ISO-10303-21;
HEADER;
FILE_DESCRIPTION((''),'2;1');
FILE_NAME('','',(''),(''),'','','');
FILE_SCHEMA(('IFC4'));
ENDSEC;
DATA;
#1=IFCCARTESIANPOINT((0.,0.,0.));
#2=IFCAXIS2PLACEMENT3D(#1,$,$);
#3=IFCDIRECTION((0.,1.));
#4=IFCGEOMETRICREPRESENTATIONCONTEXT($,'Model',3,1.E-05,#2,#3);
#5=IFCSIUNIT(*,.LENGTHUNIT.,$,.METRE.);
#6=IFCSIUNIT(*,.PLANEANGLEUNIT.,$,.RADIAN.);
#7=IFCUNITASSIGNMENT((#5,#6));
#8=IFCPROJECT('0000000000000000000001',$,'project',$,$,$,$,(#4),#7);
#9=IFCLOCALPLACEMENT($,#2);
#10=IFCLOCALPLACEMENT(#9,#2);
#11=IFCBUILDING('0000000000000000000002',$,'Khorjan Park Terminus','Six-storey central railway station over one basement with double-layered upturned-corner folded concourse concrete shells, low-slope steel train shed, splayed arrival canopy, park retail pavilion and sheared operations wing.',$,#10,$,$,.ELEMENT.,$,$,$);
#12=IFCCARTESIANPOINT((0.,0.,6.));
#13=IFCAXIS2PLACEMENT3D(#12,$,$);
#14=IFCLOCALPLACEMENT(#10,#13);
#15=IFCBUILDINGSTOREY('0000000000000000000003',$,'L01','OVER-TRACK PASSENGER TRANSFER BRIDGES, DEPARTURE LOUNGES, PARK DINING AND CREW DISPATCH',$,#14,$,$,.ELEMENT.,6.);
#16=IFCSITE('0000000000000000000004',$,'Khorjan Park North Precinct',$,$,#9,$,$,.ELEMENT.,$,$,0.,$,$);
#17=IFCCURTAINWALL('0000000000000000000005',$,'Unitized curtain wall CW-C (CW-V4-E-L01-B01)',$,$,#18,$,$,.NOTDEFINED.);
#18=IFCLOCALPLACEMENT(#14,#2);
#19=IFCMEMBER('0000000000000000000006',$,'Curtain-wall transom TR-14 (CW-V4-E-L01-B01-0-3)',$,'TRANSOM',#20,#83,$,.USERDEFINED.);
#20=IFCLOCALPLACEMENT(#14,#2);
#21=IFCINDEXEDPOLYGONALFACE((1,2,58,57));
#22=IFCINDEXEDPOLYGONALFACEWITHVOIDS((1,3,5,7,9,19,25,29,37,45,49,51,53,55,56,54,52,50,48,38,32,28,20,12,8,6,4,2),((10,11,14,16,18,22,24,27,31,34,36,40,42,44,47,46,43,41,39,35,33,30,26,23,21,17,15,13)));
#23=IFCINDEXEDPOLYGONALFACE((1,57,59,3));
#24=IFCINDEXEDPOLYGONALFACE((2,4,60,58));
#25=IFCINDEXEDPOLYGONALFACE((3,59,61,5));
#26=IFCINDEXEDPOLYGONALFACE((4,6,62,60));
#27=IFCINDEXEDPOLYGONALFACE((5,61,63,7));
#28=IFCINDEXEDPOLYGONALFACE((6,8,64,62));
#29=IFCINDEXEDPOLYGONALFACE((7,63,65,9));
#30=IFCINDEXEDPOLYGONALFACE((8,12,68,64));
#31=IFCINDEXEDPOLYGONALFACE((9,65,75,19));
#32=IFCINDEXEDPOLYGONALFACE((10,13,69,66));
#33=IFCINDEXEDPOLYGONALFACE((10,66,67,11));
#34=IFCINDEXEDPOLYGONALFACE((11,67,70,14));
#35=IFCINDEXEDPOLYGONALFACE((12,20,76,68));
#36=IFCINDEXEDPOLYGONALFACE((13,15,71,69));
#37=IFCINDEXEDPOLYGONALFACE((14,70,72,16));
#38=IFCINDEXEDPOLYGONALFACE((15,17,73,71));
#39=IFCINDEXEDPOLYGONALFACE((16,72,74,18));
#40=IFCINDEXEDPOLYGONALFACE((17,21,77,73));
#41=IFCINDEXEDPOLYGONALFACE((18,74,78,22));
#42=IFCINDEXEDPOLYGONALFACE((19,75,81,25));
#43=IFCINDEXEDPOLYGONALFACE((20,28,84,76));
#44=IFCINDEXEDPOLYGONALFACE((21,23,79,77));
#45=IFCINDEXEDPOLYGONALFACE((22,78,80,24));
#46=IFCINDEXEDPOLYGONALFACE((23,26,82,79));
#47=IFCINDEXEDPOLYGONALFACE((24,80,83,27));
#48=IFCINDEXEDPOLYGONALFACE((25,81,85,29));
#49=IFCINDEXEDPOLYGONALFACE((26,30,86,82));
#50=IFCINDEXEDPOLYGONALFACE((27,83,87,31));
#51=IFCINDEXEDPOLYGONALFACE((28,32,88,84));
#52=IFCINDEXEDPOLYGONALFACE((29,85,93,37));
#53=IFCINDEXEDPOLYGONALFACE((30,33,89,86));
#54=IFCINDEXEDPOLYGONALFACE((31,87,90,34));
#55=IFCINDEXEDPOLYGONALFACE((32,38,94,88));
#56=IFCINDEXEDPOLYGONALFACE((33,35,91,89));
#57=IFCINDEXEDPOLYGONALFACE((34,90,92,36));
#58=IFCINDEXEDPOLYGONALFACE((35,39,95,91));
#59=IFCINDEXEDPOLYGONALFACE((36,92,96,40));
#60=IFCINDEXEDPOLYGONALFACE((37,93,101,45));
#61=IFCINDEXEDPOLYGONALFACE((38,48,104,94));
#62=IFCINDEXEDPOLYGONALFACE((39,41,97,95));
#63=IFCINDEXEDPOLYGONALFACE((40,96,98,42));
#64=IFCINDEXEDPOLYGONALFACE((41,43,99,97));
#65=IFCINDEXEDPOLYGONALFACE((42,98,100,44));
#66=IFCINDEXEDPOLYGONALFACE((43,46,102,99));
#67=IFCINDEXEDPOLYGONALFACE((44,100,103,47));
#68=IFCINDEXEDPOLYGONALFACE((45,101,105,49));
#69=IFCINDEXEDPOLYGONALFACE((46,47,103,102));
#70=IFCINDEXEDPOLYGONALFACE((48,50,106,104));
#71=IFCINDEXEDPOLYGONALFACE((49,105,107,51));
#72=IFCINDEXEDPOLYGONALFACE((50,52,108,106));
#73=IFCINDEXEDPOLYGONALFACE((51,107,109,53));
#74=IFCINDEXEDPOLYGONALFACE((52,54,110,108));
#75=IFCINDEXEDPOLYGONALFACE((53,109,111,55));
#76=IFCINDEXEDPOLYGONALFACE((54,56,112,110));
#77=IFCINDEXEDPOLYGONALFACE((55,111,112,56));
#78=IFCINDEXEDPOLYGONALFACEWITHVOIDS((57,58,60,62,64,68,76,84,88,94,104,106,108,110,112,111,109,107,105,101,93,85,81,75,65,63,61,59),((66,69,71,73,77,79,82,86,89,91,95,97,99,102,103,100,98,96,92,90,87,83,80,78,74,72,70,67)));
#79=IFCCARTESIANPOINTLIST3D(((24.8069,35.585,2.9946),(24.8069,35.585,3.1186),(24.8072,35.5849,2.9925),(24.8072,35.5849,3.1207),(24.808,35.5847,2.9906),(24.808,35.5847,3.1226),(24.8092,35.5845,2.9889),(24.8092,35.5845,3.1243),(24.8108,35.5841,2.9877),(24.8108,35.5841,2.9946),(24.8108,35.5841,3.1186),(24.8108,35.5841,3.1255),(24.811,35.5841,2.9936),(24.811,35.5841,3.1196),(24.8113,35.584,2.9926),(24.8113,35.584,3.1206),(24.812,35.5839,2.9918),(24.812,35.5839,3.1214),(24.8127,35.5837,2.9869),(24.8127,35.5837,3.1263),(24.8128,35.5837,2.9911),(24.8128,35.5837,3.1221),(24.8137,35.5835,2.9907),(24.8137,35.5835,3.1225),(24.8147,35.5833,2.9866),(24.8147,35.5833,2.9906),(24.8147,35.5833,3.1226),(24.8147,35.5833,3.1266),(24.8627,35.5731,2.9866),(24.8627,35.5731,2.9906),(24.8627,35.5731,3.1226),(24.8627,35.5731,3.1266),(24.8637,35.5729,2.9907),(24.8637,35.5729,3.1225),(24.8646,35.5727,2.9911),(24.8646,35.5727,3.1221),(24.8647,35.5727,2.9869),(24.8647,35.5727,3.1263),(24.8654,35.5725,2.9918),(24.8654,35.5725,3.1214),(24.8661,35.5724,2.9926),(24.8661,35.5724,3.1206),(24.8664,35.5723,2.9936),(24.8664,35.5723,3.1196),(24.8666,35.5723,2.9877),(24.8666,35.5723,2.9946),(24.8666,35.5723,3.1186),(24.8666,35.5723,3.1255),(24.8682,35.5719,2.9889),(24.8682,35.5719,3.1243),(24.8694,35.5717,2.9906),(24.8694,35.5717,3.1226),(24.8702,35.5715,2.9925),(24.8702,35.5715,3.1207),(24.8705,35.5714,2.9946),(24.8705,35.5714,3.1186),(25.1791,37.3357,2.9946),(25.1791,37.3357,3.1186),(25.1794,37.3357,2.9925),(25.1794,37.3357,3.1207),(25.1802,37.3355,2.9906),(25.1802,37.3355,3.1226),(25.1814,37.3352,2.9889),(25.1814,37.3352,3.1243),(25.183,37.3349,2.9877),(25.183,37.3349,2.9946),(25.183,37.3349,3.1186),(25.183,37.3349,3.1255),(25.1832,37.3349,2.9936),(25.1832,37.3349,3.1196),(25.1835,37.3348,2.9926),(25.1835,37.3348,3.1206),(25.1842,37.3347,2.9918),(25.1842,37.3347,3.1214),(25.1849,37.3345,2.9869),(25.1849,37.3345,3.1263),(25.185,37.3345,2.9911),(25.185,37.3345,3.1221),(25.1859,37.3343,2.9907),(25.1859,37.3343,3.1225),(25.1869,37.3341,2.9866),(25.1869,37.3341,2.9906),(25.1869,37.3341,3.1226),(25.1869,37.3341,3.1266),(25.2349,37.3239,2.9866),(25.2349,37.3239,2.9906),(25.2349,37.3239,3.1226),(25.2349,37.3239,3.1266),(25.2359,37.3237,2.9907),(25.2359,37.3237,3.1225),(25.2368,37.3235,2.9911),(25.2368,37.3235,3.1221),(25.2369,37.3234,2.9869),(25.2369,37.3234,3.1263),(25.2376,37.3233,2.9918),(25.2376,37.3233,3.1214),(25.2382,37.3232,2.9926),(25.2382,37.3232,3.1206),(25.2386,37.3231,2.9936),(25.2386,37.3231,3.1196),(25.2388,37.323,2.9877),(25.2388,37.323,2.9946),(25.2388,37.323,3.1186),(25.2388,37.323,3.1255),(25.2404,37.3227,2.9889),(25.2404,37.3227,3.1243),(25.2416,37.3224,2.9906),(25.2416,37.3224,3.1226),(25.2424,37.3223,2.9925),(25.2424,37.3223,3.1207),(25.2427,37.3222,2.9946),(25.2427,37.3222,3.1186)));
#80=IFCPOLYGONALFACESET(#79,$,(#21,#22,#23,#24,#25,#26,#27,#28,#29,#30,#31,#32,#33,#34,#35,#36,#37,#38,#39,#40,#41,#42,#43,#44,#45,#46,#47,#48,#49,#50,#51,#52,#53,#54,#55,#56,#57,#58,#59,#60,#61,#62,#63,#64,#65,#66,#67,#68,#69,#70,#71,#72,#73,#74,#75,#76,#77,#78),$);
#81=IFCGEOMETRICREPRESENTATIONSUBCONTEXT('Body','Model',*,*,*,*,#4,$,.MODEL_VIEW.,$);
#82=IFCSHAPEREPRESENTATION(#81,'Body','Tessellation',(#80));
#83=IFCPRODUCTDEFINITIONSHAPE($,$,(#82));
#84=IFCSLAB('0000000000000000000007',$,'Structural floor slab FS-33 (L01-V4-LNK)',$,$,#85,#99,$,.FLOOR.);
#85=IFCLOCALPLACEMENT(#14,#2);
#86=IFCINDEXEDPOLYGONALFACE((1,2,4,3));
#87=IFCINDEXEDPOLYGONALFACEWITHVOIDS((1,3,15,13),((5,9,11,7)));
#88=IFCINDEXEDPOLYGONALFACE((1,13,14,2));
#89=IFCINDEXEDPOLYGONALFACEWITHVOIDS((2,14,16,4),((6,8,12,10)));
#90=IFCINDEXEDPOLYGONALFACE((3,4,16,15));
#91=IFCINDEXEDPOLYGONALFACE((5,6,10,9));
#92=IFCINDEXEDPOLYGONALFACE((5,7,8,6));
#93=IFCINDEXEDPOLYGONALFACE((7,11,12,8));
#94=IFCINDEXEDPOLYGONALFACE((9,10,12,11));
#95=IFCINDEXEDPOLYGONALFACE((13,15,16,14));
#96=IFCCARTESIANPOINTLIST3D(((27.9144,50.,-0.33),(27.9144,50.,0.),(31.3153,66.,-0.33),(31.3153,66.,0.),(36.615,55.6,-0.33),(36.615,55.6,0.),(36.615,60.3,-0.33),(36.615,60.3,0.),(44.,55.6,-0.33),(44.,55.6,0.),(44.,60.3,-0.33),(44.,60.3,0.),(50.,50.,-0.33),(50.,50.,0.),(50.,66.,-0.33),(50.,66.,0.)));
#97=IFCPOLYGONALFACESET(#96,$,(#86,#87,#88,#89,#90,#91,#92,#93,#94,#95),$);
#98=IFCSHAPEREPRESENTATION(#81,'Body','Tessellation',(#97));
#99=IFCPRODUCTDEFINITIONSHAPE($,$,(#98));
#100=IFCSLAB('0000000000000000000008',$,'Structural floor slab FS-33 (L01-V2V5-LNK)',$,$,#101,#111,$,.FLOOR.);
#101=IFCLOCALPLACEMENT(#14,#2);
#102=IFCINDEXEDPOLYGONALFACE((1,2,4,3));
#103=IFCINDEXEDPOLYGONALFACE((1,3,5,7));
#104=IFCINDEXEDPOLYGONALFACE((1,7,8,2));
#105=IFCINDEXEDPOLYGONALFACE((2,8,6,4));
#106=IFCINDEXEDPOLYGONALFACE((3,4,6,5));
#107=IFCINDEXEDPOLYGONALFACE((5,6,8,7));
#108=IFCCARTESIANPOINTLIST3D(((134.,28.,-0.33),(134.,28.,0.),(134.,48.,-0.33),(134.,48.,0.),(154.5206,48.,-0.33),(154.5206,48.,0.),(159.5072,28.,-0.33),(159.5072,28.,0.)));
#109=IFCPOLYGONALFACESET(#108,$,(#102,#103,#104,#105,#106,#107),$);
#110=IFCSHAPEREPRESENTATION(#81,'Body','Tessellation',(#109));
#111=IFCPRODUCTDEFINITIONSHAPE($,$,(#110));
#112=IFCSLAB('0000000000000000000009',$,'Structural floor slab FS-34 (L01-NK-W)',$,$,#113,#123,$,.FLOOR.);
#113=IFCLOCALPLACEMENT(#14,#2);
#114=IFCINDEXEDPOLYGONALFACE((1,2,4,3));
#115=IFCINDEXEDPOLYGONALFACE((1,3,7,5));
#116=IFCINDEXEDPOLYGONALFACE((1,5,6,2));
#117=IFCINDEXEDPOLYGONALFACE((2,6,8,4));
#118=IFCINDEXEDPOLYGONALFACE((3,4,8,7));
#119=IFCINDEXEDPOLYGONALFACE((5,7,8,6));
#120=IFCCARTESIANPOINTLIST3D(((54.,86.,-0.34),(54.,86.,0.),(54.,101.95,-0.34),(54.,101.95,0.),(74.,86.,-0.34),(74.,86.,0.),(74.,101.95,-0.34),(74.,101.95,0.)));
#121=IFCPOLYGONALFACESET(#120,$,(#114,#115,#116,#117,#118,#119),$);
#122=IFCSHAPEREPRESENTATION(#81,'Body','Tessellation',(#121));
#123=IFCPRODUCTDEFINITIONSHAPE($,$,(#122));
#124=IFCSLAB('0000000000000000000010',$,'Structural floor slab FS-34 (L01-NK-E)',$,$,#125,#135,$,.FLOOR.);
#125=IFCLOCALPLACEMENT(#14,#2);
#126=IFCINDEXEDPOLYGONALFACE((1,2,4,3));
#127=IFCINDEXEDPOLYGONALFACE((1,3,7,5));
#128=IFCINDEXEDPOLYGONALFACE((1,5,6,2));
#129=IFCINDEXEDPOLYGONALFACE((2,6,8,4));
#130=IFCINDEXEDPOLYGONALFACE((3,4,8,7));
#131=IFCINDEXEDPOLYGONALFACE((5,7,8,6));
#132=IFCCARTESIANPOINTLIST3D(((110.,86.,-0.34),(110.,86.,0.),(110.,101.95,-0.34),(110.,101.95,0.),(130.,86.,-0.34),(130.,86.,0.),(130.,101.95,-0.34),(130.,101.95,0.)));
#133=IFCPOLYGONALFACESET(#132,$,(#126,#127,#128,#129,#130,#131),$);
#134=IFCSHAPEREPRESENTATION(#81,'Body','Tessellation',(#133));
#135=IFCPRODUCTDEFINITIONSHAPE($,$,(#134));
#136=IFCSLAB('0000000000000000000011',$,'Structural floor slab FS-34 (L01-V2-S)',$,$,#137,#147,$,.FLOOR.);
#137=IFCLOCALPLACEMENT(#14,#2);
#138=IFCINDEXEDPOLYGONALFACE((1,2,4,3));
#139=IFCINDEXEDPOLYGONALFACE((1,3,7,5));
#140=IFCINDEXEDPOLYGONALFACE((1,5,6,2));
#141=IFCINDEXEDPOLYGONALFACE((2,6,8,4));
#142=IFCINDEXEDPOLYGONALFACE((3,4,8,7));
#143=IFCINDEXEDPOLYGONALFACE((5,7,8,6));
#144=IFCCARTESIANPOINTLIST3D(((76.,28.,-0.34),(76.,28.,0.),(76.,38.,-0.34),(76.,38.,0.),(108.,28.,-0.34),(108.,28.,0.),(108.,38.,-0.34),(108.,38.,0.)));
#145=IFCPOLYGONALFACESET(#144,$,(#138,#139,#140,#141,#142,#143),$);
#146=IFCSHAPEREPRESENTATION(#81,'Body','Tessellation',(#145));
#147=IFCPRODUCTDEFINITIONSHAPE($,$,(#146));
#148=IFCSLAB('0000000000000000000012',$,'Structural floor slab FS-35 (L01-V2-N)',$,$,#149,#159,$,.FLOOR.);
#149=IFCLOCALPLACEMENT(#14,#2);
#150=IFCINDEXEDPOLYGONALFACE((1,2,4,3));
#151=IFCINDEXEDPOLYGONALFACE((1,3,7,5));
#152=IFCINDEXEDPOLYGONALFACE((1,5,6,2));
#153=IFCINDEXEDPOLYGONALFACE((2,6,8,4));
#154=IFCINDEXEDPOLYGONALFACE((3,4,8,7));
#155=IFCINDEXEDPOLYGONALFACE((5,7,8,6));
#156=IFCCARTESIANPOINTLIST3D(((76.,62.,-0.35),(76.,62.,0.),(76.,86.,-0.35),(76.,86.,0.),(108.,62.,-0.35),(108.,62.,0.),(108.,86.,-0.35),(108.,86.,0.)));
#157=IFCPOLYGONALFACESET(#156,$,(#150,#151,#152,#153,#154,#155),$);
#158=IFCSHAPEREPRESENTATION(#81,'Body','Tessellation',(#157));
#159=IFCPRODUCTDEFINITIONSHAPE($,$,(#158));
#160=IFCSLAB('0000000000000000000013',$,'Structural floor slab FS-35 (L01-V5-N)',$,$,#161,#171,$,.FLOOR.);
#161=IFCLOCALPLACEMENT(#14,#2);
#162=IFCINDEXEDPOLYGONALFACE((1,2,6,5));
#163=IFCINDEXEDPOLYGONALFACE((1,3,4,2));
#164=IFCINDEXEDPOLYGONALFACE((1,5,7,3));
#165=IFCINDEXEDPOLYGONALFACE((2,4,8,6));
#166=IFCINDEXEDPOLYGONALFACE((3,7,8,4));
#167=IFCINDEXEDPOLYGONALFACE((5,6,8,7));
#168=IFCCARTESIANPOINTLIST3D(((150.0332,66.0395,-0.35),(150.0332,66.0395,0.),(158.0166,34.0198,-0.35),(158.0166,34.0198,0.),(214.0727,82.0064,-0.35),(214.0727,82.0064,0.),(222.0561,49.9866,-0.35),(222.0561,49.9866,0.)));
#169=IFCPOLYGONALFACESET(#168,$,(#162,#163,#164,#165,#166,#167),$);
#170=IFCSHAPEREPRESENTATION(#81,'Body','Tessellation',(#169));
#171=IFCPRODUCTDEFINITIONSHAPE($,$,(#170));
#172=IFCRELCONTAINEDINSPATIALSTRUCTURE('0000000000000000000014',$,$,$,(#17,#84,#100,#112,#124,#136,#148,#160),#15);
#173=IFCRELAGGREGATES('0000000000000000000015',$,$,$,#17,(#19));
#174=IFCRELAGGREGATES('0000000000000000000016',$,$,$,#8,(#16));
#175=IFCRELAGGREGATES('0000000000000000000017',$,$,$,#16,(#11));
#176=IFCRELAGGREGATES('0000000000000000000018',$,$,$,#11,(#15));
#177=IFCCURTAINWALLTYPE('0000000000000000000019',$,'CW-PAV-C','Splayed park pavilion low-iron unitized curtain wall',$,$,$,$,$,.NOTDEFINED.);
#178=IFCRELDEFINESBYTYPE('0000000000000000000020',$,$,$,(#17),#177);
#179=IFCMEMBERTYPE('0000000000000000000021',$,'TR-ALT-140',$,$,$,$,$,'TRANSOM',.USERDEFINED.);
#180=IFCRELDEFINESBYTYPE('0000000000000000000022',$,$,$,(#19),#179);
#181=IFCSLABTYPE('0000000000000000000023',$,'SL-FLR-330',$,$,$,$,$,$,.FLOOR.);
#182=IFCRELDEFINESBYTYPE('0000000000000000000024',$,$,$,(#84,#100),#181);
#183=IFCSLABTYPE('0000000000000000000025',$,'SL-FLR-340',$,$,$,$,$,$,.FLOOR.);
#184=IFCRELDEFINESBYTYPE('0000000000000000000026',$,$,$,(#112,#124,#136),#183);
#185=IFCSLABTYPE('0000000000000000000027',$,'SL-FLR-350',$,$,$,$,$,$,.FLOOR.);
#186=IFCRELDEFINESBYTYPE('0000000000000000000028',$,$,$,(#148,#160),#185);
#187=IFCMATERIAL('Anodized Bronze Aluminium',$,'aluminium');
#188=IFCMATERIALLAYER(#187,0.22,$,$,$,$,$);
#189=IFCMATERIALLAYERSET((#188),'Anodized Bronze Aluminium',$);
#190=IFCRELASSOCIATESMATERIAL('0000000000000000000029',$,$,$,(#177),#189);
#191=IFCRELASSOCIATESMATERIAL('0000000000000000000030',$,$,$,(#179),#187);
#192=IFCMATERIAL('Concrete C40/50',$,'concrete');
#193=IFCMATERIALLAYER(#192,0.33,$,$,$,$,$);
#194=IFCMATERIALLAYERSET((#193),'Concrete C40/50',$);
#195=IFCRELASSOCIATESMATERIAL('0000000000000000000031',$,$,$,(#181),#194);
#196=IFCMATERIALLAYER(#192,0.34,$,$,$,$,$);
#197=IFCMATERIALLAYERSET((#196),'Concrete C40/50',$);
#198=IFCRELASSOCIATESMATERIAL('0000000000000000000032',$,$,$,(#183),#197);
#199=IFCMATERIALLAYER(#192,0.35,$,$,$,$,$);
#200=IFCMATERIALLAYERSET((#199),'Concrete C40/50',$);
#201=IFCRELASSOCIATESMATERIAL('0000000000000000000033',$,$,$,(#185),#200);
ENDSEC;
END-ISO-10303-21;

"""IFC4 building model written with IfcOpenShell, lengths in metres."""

from ifc_helpers import new_model, si_unit, direction, frame, origin, origin_2d, place, context, subcontext, project, spatial, polyline, hollow_rectangle, outline, extrude, material, layer, layer_set, material_profile, profile_set, type_object, element, aggregate, save


model = new_model("IFC4")

# Units and contexts
model_context = context("Model", 3, precision=1e-05, world=origin(), true_north=direction((0.0, 1.0)))
body_context = subcontext(model_context, "Body", "Model", "MODEL_VIEW")
ifc_project = project(units=[si_unit("LENGTHUNIT", "METRE"), si_unit("PLANEANGLEUNIT", "RADIAN")], contexts=[model_context])

# Site, building, storey
site_placement = place(None, origin())
site = spatial("IfcSite", under=ifc_project, at=site_placement, Name="Khorjan Park North Precinct", CompositionType="ELEMENT", RefElevation=0.0)
building_placement = place(site_placement, origin())
building = spatial("IfcBuilding", under=site, at=building_placement, Name="Khorjan Park Terminus", Description="Six-storey central railway station over one basement with double-layered upturned-corner folded concourse concrete shells, low-slope steel train shed, splayed arrival canopy, park retail pavilion and sheared operations wing.", CompositionType="ELEMENT")
storey_placement = place(building_placement, frame((0.0, 0.0, 6.0)))
storey = spatial("IfcBuildingStorey", under=building, at=storey_placement, Name="L01", Description="OVER-TRACK PASSENGER TRANSFER BRIDGES, DEPARTURE LOUNGES, PARK DINING AND CREW DISPATCH", CompositionType="ELEMENT", Elevation=6.0)

# Shared definitions
ifc_material_1 = material(Name="Anodized Bronze Aluminium", Category="aluminium")
ifc_layer_1 = layer(ifc_material_1, 0.22)
ifc_layer_set_1 = layer_set([ifc_layer_1], Name="Anodized Bronze Aluminium")
curtain_wall_type = type_object("IfcCurtainWallType", Name="CW-PAV-C", Description="Splayed park pavilion low-iron unitized curtain wall", PredefinedType="NOTDEFINED", material=ifc_layer_set_1)

# Curtain wall, member
curtain_wall_1_placement = place(storey_placement, origin())
curtain_wall_1 = element("IfcCurtainWall", 1, at=curtain_wall_1_placement, inside=storey, type_object=curtain_wall_type, Name="Unitized curtain wall CW-C (CW-V4-E-L01-B01)", PredefinedType="NOTDEFINED")
ifc_material_profile_1 = material_profile(ifc_material_1, hollow_rectangle(XDim=0.065, YDim=0.14, WallThickness=0.004, InnerFilletRadius=0.004, OuterFilletRadius=0.008, at=origin_2d()), Name="ALT 65x140x4")
ifc_profile_set_1 = profile_set([ifc_material_profile_1], Name="Anodized Bronze Aluminium")
member_type_1 = type_object("IfcMemberType", Name="TR-ALT-140", ElementType="TRANSOM", PredefinedType="USERDEFINED", material=ifc_profile_set_1)
member_1_placement = place(storey_placement, frame((24.8387, 35.5782, 3.0566), z_axis=(0.207942, 0.978141, 0.0), x_axis=(-0.978141, 0.207942, 0.0)))
member_1 = element("IfcMember", 2, at=member_1_placement, type_object=member_type_1, Name="Curtain-wall transom TR-14 (CW-V4-E-L01-B01-0-3)", ObjectType="TRANSOM", PredefinedType="USERDEFINED", context=body_context, shape_type="SweptSolid", body=[
    extrude(hollow_rectangle(XDim=0.065, YDim=0.14, WallThickness=0.004, InnerFilletRadius=0.004, OuterFilletRadius=0.008, at=origin_2d()), origin(), (0.0, 0.0, 1.0), 1.7899),
])
aggregate(curtain_wall_1, [member_1])

# Slabs
ifc_material_2 = material(Name="Concrete C40/50", Category="concrete")
ifc_layer_2 = layer(ifc_material_2, 0.33)
ifc_layer_set_2 = layer_set([ifc_layer_2], Name="Concrete C40/50")
slab_type_1 = type_object("IfcSlabType", Name="SL-FLR-330", PredefinedType="FLOOR", material=ifc_layer_set_2)
slab_1_placement = place(storey_placement, frame((0.0, 0.0, -0.33)))
element("IfcSlab", 3, at=slab_1_placement, inside=storey, type_object=slab_type_1, Name="Structural floor slab FS-33 (L01-V4-LNK)", PredefinedType="FLOOR", context=body_context, shape_type="SweptSolid", body=[
    extrude(outline(polyline([(50.0, 50.0), (27.9144, 50.0), (31.3153, 66.0), (50.0, 66.0), (50.0, 50.0)]), holes=[polyline([(44.0, 55.6), (44.0, 60.3), (36.615, 60.3), (36.615, 55.6), (44.0, 55.6)])]), origin(), (0.0, 0.0, 1.0), 0.33),
])
slab_2_placement = place(storey_placement, frame((0.0, 0.0, -0.33)))
element("IfcSlab", 4, at=slab_2_placement, inside=storey, type_object=slab_type_1, Name="Structural floor slab FS-33 (L01-V2V5-LNK)", PredefinedType="FLOOR", context=body_context, shape_type="SweptSolid", body=[
    extrude(outline(polyline([(134.0, 48.0), (154.5206, 48.0), (159.5072, 28.0), (134.0, 28.0), (134.0, 48.0)])), origin(), (0.0, 0.0, 1.0), 0.33),
])
ifc_layer_3 = layer(ifc_material_2, 0.34)
ifc_layer_set_3 = layer_set([ifc_layer_3], Name="Concrete C40/50")
slab_type_2 = type_object("IfcSlabType", Name="SL-FLR-340", PredefinedType="FLOOR", material=ifc_layer_set_3)
slab_3_placement = place(storey_placement, frame((0.0, 0.0, -0.34)))
element("IfcSlab", 5, at=slab_3_placement, inside=storey, type_object=slab_type_2, Name="Structural floor slab FS-34 (L01-NK-W)", PredefinedType="FLOOR", context=body_context, shape_type="SweptSolid", body=[
    extrude(outline(polyline([(54.0, 101.95), (74.0, 101.95), (74.0, 86.0), (54.0, 86.0), (54.0, 101.95)])), origin(), (0.0, 0.0, 1.0), 0.34),
])
slab_4_placement = place(storey_placement, frame((0.0, 0.0, -0.34)))
element("IfcSlab", 6, at=slab_4_placement, inside=storey, type_object=slab_type_2, Name="Structural floor slab FS-34 (L01-NK-E)", PredefinedType="FLOOR", context=body_context, shape_type="SweptSolid", body=[
    extrude(outline(polyline([(110.0, 101.95), (130.0, 101.95), (130.0, 86.0), (110.0, 86.0), (110.0, 101.95)])), origin(), (0.0, 0.0, 1.0), 0.34),
])
slab_5_placement = place(storey_placement, frame((0.0, 0.0, -0.34)))
element("IfcSlab", 7, at=slab_5_placement, inside=storey, type_object=slab_type_2, Name="Structural floor slab FS-34 (L01-V2-S)", PredefinedType="FLOOR", context=body_context, shape_type="SweptSolid", body=[
    extrude(outline(polyline([(76.0, 38.0), (108.0, 38.0), (108.0, 28.0), (76.0, 28.0), (76.0, 38.0)])), origin(), (0.0, 0.0, 1.0), 0.34),
])
ifc_layer_4 = layer(ifc_material_2, 0.35)
ifc_layer_set_4 = layer_set([ifc_layer_4], Name="Concrete C40/50")
slab_type_3 = type_object("IfcSlabType", Name="SL-FLR-350", PredefinedType="FLOOR", material=ifc_layer_set_4)
slab_6_placement = place(storey_placement, frame((0.0, 0.0, -0.35)))
element("IfcSlab", 8, at=slab_6_placement, inside=storey, type_object=slab_type_3, Name="Structural floor slab FS-35 (L01-V2-N)", PredefinedType="FLOOR", context=body_context, shape_type="SweptSolid", body=[
    extrude(outline(polyline([(76.0, 86.0), (108.0, 86.0), (108.0, 62.0), (76.0, 62.0), (76.0, 86.0)])), origin(), (0.0, 0.0, 1.0), 0.35),
])
slab_7_placement = place(storey_placement, frame((0.0, 0.0, -0.35)))
element("IfcSlab", 9, at=slab_7_placement, inside=storey, type_object=slab_type_3, Name="Structural floor slab FS-35 (L01-V5-N)", PredefinedType="FLOOR", context=body_context, shape_type="SweptSolid", body=[
    extrude(outline(polyline([(150.0332, 66.0395), (214.0727, 82.0064), (222.0561, 49.9866), (158.0166, 34.0198), (150.0332, 66.0395)])), origin(), (0.0, 0.0, 1.0), 0.35),
])

save(model, "model.ifc")
